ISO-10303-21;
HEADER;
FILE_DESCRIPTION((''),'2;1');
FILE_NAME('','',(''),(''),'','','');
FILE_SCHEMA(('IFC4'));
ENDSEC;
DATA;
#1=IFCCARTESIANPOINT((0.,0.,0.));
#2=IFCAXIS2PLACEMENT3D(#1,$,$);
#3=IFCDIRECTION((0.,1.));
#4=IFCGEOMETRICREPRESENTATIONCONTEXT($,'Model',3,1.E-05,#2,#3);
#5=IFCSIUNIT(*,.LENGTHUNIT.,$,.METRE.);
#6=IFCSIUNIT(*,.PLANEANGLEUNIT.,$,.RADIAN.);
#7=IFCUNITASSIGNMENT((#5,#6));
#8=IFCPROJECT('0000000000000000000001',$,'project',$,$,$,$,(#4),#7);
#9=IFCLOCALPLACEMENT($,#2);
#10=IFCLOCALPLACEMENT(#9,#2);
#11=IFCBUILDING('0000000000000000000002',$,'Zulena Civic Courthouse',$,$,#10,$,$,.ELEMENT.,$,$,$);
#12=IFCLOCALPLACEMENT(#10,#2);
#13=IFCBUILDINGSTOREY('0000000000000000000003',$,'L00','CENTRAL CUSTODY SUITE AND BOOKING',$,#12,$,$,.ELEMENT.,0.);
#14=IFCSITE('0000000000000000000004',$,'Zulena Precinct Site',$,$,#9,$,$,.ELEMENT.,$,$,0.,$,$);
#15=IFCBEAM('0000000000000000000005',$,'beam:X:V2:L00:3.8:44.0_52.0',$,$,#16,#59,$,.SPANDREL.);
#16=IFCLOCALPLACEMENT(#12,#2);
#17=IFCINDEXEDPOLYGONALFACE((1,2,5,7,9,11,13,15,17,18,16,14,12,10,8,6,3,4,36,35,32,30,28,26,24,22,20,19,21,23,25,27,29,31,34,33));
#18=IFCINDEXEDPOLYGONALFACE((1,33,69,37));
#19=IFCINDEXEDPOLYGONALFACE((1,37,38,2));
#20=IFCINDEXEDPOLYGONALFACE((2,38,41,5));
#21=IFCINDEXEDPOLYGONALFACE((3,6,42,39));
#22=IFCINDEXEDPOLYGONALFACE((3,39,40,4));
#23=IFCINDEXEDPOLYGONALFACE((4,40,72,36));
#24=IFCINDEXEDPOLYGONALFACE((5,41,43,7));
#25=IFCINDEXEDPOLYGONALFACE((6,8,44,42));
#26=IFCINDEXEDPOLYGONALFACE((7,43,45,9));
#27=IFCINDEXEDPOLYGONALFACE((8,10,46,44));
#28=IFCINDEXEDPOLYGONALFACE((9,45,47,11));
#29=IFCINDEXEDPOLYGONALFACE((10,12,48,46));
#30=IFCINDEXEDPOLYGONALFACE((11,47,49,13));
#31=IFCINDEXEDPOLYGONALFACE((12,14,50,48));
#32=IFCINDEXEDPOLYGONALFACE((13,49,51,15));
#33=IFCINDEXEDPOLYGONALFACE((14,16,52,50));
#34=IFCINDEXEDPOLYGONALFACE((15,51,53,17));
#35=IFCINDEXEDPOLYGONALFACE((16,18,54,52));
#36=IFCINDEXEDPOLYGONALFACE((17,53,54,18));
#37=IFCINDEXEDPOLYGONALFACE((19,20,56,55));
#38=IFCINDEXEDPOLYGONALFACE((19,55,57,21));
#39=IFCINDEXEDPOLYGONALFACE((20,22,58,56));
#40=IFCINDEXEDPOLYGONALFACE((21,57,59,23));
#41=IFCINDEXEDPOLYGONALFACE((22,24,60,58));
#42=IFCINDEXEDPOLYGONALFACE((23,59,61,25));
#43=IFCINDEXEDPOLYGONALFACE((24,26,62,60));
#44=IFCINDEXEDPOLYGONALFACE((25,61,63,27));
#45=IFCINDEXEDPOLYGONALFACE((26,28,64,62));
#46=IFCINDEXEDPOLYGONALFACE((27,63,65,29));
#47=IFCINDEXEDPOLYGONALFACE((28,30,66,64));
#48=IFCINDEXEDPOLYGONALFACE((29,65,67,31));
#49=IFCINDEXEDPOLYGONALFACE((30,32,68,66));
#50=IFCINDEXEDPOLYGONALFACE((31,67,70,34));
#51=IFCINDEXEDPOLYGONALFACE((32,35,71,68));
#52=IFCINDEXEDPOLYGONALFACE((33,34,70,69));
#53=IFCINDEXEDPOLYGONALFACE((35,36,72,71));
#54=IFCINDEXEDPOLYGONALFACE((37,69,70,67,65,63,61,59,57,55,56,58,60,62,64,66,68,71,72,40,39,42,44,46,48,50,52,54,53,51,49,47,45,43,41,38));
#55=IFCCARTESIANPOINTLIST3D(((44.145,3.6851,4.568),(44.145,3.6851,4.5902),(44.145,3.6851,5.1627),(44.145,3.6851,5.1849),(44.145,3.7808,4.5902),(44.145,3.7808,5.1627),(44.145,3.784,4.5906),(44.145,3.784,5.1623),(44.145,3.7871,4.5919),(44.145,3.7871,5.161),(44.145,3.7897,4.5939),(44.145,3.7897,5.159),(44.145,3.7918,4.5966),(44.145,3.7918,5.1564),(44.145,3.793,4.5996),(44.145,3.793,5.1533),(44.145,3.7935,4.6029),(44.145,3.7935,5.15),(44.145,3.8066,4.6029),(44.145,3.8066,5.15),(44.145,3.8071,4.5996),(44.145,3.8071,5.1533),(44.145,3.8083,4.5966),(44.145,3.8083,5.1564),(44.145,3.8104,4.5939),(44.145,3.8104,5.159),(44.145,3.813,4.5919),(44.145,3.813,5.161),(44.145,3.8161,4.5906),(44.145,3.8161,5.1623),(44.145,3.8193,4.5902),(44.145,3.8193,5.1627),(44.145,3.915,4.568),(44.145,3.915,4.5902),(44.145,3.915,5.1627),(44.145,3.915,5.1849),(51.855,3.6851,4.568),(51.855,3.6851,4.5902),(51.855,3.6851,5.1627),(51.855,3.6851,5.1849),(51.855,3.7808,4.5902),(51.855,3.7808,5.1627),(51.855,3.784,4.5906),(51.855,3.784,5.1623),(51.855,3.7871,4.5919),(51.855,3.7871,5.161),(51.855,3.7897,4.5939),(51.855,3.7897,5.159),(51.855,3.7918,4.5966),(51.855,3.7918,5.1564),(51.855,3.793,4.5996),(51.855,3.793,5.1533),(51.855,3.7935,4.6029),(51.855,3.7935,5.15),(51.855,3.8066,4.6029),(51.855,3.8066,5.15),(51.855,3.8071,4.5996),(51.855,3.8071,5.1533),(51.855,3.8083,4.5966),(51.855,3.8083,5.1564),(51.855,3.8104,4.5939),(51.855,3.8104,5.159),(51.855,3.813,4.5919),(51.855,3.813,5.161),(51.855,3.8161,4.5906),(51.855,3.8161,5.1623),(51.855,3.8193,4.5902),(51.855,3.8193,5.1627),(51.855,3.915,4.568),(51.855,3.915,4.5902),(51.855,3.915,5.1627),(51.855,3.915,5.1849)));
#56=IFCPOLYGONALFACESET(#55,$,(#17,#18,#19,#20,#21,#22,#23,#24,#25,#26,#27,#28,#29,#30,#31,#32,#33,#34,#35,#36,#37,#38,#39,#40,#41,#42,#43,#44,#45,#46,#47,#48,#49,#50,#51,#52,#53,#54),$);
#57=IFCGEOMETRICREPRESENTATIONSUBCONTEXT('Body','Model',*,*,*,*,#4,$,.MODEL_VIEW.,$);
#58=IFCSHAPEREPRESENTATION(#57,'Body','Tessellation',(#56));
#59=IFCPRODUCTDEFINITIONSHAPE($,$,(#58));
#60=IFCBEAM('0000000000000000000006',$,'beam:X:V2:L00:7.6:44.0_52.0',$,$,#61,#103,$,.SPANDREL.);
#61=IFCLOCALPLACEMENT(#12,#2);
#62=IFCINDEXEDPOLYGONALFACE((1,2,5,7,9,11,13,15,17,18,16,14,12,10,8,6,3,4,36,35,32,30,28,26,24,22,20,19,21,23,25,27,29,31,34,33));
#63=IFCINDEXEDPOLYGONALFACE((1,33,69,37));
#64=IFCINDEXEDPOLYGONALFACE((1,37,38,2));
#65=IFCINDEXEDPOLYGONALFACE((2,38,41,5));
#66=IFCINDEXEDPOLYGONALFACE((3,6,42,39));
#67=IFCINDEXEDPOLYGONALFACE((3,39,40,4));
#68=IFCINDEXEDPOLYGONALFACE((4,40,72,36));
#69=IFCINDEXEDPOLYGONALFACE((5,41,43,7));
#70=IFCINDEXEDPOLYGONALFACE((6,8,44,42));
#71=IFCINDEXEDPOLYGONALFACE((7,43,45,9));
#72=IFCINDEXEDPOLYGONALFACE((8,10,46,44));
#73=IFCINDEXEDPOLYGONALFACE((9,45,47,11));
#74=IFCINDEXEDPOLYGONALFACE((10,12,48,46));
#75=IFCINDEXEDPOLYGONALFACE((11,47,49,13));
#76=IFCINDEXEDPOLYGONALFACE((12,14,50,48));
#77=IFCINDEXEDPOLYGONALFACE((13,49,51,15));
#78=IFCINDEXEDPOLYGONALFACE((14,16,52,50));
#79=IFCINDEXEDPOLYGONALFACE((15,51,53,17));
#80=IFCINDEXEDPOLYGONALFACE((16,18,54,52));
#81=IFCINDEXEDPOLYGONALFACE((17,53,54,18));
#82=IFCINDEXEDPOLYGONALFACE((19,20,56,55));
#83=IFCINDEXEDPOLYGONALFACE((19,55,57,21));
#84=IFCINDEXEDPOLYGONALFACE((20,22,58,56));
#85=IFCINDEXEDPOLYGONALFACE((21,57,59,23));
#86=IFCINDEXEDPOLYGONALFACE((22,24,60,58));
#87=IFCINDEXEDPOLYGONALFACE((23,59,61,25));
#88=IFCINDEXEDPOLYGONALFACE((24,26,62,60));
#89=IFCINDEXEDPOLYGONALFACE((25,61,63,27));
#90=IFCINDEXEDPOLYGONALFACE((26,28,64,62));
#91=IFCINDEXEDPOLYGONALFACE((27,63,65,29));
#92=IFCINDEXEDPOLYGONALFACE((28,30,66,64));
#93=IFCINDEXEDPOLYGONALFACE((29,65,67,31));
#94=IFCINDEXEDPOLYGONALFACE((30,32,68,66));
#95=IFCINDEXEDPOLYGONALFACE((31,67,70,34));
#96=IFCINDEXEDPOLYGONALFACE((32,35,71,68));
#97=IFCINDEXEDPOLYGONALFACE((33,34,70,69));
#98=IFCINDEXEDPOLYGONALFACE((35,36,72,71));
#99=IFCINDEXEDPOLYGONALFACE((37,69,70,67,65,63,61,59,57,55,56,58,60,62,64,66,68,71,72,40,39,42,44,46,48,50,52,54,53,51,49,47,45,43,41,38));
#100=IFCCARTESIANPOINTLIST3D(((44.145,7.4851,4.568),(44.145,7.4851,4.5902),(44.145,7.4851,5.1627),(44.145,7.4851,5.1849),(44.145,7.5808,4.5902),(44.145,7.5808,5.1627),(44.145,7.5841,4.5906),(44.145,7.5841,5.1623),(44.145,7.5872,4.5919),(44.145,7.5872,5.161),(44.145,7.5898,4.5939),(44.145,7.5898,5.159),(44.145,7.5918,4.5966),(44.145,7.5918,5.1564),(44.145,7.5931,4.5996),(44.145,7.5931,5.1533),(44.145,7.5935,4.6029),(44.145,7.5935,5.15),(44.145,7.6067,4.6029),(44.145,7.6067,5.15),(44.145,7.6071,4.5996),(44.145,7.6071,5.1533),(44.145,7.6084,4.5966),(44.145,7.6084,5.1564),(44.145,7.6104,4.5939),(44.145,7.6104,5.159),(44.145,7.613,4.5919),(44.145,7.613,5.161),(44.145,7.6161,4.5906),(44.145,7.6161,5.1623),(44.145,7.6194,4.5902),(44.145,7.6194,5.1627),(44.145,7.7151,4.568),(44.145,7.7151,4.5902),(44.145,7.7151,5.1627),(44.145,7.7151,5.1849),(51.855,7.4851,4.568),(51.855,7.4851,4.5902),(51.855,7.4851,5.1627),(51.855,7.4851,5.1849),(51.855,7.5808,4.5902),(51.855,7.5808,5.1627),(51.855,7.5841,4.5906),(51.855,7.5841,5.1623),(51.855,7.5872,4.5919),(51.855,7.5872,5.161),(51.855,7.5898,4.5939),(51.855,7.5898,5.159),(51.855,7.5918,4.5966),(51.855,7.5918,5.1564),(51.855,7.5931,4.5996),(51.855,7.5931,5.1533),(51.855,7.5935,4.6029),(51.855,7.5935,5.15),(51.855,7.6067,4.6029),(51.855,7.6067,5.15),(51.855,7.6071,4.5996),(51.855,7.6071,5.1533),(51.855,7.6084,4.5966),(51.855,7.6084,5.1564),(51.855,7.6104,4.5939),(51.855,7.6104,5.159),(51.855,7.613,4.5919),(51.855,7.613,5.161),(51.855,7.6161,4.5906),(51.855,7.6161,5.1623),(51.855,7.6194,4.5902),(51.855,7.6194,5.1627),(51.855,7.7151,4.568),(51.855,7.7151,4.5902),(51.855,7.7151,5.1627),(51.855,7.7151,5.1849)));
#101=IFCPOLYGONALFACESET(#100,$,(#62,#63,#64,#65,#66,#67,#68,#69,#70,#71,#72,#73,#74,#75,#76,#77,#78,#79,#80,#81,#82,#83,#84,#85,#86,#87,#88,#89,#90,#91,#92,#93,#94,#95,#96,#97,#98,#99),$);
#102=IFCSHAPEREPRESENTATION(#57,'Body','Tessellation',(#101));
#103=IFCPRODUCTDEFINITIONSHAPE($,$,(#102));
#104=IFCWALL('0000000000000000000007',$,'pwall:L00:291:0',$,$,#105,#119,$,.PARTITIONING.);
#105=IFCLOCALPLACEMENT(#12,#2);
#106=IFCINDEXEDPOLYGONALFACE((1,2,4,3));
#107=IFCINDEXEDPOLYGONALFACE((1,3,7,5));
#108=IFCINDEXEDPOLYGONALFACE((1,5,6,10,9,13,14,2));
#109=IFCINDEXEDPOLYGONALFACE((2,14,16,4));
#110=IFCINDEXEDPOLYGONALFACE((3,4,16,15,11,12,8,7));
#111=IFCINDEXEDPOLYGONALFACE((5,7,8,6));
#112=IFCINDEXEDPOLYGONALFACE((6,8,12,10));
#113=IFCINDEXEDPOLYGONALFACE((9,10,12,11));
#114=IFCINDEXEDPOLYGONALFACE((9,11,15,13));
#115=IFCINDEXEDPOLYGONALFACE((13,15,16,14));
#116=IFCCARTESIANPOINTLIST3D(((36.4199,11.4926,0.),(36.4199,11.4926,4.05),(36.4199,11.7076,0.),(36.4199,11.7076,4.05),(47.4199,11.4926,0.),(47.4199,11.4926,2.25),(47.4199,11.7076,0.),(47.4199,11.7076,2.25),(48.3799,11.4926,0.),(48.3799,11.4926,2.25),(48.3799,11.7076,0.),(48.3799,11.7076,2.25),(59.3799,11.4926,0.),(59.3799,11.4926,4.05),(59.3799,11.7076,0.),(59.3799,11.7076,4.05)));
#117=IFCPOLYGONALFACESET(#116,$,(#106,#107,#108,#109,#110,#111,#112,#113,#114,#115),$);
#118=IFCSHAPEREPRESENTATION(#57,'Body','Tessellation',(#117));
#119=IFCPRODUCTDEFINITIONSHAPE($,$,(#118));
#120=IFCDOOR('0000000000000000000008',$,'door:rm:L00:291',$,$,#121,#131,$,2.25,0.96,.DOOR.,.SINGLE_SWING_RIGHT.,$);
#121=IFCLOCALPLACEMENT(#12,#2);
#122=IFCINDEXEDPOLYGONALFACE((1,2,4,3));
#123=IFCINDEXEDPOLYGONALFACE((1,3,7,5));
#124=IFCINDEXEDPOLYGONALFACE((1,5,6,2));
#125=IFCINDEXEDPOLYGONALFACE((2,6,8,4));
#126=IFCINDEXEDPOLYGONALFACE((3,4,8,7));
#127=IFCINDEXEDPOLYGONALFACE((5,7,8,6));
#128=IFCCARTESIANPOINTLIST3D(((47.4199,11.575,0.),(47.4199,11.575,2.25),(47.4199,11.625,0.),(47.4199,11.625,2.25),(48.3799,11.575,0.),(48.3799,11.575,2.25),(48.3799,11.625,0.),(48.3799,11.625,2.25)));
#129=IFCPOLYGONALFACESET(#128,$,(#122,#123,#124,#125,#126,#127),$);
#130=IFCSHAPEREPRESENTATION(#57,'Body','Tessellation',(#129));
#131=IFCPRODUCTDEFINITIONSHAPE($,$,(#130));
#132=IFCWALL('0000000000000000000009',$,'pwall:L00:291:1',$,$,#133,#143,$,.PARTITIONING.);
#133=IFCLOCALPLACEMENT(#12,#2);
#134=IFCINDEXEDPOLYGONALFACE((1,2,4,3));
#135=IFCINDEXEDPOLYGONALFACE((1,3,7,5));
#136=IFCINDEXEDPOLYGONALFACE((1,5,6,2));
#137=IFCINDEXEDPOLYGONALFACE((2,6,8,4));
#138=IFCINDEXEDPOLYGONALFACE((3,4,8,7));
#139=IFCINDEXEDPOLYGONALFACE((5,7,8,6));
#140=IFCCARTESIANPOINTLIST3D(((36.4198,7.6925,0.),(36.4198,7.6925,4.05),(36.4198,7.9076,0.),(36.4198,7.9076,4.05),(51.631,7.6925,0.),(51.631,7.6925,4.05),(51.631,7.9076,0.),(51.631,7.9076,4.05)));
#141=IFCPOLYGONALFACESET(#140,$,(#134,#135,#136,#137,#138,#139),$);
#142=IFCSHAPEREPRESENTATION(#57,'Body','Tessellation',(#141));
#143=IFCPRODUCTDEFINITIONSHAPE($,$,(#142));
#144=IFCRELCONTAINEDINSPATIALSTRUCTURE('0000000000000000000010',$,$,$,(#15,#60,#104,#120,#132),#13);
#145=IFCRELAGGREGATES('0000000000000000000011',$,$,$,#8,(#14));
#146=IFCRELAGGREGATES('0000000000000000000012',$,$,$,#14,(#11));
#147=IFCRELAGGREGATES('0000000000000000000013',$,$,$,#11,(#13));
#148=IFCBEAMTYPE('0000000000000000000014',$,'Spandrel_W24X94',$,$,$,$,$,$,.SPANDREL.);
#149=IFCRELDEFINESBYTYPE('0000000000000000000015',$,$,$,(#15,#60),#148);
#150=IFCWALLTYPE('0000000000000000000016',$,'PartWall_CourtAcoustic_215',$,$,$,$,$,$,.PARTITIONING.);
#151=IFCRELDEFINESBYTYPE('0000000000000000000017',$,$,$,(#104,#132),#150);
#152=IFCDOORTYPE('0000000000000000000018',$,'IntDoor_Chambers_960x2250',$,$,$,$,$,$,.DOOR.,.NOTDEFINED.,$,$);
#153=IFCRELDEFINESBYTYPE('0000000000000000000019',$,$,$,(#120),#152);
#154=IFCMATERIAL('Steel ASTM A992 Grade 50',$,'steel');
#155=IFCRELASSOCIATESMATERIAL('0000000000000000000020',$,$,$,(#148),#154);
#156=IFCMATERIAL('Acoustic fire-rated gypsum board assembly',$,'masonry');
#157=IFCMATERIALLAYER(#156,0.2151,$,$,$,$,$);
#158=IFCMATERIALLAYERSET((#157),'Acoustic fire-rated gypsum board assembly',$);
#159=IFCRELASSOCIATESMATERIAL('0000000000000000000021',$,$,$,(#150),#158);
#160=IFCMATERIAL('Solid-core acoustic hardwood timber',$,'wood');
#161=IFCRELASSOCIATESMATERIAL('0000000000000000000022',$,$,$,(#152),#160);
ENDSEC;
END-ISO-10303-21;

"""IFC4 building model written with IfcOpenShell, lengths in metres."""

from ifc_helpers import new_model, si_unit, direction, frame, frame_2d, origin, origin_2d, place, context, subcontext, project, spatial, rectangle, i_section, extrude, material, layer, layer_set, material_profile, profile_set, type_object, element, fill, save


model = new_model("IFC4")

# Units and contexts
model_context = context("Model", 3, precision=1e-05, world=origin(), true_north=direction((0.0, 1.0)))
body_context = subcontext(model_context, "Body", "Model", "MODEL_VIEW")
ifc_project = project(units=[si_unit("LENGTHUNIT", "METRE"), si_unit("PLANEANGLEUNIT", "RADIAN")], contexts=[model_context])

# Site, building, storey
site_placement = place(None, origin())
site = spatial("IfcSite", under=ifc_project, at=site_placement, Name="Zulena Precinct Site", CompositionType="ELEMENT", RefElevation=0.0)
building_placement = place(site_placement, origin())
building = spatial("IfcBuilding", under=site, at=building_placement, Name="Zulena Civic Courthouse", CompositionType="ELEMENT")
storey_placement = place(building_placement, origin())
storey = spatial("IfcBuildingStorey", under=building, at=storey_placement, Name="L00", Description="CENTRAL CUSTODY SUITE AND BOOKING", CompositionType="ELEMENT", Elevation=0.0)

# Shared definitions
ifc_material_1 = material(Name="Steel ASTM A992 Grade 50", Category="steel")

# Beams
ifc_material_profile_1 = material_profile(ifc_material_1, i_section(OverallWidth=0.23, OverallDepth=0.6169, WebThickness=0.0132, FlangeThickness=0.0222, FilletRadius=0.0127, at=origin_2d()), Name="W24X94")
ifc_profile_set_1 = profile_set([ifc_material_profile_1], Name="Steel ASTM A992 Grade 50")
beam_type_1 = type_object("IfcBeamType", Name="Spandrel_W24X94", PredefinedType="SPANDREL", material=ifc_profile_set_1)
for number, where, z_axis, x_axis, name in (
    (1, (44.145, 3.8, 4.8765), (1.0, 0.0, 0.0), (0.0, 1.0, 0.0), "beam:X:V2:L00:3.8:44.0_52.0"),
    (2, (44.145, 7.6001, 4.8765), (1.0, 0.0, 0.0), (0.0, 1.0, 0.0), "beam:X:V2:L00:7.6:44.0_52.0"),
):
    element("IfcBeam", number, at=place(storey_placement, frame(where, z_axis=z_axis, x_axis=x_axis)), inside=storey, type_object=beam_type_1, Name=name, PredefinedType="SPANDREL", context=body_context, shape_type="SweptSolid", body=[
        extrude(i_section(OverallWidth=0.23, OverallDepth=0.6169, WebThickness=0.0132, FlangeThickness=0.0222, FilletRadius=0.0127, at=origin_2d()), origin(), (0.0, 0.0, 1.0), 7.71),
    ])

# Wall, opening, door
ifc_material_2 = material(Name="Acoustic fire-rated gypsum board assembly", Category="masonry")
ifc_layer_1 = layer(ifc_material_2, 0.2151)
ifc_layer_set_1 = layer_set([ifc_layer_1], Name="Acoustic fire-rated gypsum board assembly")
wall_type_1 = type_object("IfcWallType", Name="PartWall_CourtAcoustic_215", PredefinedType="PARTITIONING", material=ifc_layer_set_1)
wall_1_placement = place(storey_placement, frame((36.4199, 11.6001, 0.0), z_axis=(0.0, 0.0, 1.0), x_axis=(1.0, 0.0, 0.0)))
wall_1 = element("IfcWall", 3, at=wall_1_placement, inside=storey, type_object=wall_type_1, Name="pwall:L00:291:0", PredefinedType="PARTITIONING", context=body_context, shape_type="SweptSolid", body=[
    extrude(rectangle(XDim=22.96, YDim=0.2151, at=frame_2d((11.48, 0.0))), origin(), (0.0, 0.0, 1.0), 4.05),
])
opening_1_placement = place(wall_1_placement, frame((11.0, 0.0, 0.0)))
opening_1 = element("IfcOpeningElement", 4, at=opening_1_placement, cuts=wall_1, PredefinedType="OPENING", context=body_context, shape_type="SweptSolid", body=[
    extrude(rectangle(XDim=0.96, YDim=2.25, at=frame_2d((0.48, 1.125))), frame((0.0, 0.1174, 0.0), z_axis=(0.0, -1.0, 0.0), x_axis=(1.0, 0.0, 0.0)), (0.0, 0.0, 1.0), 0.2351),
])
ifc_material_3 = material(Name="Solid-core acoustic hardwood timber", Category="wood")
door_type_1 = type_object("IfcDoorType", Name="IntDoor_Chambers_960x2250", OperationType="NOTDEFINED", PredefinedType="DOOR", material=ifc_material_3)
door_1_placement = place(opening_1_placement, origin())
door_1 = element("IfcDoor", 5, at=door_1_placement, inside=storey, type_object=door_type_1, Name="door:rm:L00:291", OperationType="SINGLE_SWING_RIGHT", OverallHeight=2.25, OverallWidth=0.96, PredefinedType="DOOR", context=body_context, shape_type="SweptSolid", body=[
    extrude(rectangle(XDim=0.96, YDim=2.25, at=frame_2d((0.48, 1.125))), frame((0.0, 0.0249, 0.0), z_axis=(0.0, -1.0, 0.0), x_axis=(1.0, 0.0, 0.0)), (0.0, 0.0, 1.0), 0.05),
])
fill(opening_1, door_1)

# Wall
wall_2_placement = place(storey_placement, frame((36.4199, 7.8, 0.0), z_axis=(0.0, 0.0, 1.0), x_axis=(1.0, 0.0, 0.0)))
element("IfcWall", 6, at=wall_2_placement, inside=storey, type_object=wall_type_1, Name="pwall:L00:291:1", PredefinedType="PARTITIONING", context=body_context, shape_type="SweptSolid", body=[
    extrude(rectangle(XDim=15.2112, YDim=0.2151, at=frame_2d((7.6055, 0.0))), origin(), (0.0, 0.0, 1.0), 4.05),
])

save(model, "model.ifc")
